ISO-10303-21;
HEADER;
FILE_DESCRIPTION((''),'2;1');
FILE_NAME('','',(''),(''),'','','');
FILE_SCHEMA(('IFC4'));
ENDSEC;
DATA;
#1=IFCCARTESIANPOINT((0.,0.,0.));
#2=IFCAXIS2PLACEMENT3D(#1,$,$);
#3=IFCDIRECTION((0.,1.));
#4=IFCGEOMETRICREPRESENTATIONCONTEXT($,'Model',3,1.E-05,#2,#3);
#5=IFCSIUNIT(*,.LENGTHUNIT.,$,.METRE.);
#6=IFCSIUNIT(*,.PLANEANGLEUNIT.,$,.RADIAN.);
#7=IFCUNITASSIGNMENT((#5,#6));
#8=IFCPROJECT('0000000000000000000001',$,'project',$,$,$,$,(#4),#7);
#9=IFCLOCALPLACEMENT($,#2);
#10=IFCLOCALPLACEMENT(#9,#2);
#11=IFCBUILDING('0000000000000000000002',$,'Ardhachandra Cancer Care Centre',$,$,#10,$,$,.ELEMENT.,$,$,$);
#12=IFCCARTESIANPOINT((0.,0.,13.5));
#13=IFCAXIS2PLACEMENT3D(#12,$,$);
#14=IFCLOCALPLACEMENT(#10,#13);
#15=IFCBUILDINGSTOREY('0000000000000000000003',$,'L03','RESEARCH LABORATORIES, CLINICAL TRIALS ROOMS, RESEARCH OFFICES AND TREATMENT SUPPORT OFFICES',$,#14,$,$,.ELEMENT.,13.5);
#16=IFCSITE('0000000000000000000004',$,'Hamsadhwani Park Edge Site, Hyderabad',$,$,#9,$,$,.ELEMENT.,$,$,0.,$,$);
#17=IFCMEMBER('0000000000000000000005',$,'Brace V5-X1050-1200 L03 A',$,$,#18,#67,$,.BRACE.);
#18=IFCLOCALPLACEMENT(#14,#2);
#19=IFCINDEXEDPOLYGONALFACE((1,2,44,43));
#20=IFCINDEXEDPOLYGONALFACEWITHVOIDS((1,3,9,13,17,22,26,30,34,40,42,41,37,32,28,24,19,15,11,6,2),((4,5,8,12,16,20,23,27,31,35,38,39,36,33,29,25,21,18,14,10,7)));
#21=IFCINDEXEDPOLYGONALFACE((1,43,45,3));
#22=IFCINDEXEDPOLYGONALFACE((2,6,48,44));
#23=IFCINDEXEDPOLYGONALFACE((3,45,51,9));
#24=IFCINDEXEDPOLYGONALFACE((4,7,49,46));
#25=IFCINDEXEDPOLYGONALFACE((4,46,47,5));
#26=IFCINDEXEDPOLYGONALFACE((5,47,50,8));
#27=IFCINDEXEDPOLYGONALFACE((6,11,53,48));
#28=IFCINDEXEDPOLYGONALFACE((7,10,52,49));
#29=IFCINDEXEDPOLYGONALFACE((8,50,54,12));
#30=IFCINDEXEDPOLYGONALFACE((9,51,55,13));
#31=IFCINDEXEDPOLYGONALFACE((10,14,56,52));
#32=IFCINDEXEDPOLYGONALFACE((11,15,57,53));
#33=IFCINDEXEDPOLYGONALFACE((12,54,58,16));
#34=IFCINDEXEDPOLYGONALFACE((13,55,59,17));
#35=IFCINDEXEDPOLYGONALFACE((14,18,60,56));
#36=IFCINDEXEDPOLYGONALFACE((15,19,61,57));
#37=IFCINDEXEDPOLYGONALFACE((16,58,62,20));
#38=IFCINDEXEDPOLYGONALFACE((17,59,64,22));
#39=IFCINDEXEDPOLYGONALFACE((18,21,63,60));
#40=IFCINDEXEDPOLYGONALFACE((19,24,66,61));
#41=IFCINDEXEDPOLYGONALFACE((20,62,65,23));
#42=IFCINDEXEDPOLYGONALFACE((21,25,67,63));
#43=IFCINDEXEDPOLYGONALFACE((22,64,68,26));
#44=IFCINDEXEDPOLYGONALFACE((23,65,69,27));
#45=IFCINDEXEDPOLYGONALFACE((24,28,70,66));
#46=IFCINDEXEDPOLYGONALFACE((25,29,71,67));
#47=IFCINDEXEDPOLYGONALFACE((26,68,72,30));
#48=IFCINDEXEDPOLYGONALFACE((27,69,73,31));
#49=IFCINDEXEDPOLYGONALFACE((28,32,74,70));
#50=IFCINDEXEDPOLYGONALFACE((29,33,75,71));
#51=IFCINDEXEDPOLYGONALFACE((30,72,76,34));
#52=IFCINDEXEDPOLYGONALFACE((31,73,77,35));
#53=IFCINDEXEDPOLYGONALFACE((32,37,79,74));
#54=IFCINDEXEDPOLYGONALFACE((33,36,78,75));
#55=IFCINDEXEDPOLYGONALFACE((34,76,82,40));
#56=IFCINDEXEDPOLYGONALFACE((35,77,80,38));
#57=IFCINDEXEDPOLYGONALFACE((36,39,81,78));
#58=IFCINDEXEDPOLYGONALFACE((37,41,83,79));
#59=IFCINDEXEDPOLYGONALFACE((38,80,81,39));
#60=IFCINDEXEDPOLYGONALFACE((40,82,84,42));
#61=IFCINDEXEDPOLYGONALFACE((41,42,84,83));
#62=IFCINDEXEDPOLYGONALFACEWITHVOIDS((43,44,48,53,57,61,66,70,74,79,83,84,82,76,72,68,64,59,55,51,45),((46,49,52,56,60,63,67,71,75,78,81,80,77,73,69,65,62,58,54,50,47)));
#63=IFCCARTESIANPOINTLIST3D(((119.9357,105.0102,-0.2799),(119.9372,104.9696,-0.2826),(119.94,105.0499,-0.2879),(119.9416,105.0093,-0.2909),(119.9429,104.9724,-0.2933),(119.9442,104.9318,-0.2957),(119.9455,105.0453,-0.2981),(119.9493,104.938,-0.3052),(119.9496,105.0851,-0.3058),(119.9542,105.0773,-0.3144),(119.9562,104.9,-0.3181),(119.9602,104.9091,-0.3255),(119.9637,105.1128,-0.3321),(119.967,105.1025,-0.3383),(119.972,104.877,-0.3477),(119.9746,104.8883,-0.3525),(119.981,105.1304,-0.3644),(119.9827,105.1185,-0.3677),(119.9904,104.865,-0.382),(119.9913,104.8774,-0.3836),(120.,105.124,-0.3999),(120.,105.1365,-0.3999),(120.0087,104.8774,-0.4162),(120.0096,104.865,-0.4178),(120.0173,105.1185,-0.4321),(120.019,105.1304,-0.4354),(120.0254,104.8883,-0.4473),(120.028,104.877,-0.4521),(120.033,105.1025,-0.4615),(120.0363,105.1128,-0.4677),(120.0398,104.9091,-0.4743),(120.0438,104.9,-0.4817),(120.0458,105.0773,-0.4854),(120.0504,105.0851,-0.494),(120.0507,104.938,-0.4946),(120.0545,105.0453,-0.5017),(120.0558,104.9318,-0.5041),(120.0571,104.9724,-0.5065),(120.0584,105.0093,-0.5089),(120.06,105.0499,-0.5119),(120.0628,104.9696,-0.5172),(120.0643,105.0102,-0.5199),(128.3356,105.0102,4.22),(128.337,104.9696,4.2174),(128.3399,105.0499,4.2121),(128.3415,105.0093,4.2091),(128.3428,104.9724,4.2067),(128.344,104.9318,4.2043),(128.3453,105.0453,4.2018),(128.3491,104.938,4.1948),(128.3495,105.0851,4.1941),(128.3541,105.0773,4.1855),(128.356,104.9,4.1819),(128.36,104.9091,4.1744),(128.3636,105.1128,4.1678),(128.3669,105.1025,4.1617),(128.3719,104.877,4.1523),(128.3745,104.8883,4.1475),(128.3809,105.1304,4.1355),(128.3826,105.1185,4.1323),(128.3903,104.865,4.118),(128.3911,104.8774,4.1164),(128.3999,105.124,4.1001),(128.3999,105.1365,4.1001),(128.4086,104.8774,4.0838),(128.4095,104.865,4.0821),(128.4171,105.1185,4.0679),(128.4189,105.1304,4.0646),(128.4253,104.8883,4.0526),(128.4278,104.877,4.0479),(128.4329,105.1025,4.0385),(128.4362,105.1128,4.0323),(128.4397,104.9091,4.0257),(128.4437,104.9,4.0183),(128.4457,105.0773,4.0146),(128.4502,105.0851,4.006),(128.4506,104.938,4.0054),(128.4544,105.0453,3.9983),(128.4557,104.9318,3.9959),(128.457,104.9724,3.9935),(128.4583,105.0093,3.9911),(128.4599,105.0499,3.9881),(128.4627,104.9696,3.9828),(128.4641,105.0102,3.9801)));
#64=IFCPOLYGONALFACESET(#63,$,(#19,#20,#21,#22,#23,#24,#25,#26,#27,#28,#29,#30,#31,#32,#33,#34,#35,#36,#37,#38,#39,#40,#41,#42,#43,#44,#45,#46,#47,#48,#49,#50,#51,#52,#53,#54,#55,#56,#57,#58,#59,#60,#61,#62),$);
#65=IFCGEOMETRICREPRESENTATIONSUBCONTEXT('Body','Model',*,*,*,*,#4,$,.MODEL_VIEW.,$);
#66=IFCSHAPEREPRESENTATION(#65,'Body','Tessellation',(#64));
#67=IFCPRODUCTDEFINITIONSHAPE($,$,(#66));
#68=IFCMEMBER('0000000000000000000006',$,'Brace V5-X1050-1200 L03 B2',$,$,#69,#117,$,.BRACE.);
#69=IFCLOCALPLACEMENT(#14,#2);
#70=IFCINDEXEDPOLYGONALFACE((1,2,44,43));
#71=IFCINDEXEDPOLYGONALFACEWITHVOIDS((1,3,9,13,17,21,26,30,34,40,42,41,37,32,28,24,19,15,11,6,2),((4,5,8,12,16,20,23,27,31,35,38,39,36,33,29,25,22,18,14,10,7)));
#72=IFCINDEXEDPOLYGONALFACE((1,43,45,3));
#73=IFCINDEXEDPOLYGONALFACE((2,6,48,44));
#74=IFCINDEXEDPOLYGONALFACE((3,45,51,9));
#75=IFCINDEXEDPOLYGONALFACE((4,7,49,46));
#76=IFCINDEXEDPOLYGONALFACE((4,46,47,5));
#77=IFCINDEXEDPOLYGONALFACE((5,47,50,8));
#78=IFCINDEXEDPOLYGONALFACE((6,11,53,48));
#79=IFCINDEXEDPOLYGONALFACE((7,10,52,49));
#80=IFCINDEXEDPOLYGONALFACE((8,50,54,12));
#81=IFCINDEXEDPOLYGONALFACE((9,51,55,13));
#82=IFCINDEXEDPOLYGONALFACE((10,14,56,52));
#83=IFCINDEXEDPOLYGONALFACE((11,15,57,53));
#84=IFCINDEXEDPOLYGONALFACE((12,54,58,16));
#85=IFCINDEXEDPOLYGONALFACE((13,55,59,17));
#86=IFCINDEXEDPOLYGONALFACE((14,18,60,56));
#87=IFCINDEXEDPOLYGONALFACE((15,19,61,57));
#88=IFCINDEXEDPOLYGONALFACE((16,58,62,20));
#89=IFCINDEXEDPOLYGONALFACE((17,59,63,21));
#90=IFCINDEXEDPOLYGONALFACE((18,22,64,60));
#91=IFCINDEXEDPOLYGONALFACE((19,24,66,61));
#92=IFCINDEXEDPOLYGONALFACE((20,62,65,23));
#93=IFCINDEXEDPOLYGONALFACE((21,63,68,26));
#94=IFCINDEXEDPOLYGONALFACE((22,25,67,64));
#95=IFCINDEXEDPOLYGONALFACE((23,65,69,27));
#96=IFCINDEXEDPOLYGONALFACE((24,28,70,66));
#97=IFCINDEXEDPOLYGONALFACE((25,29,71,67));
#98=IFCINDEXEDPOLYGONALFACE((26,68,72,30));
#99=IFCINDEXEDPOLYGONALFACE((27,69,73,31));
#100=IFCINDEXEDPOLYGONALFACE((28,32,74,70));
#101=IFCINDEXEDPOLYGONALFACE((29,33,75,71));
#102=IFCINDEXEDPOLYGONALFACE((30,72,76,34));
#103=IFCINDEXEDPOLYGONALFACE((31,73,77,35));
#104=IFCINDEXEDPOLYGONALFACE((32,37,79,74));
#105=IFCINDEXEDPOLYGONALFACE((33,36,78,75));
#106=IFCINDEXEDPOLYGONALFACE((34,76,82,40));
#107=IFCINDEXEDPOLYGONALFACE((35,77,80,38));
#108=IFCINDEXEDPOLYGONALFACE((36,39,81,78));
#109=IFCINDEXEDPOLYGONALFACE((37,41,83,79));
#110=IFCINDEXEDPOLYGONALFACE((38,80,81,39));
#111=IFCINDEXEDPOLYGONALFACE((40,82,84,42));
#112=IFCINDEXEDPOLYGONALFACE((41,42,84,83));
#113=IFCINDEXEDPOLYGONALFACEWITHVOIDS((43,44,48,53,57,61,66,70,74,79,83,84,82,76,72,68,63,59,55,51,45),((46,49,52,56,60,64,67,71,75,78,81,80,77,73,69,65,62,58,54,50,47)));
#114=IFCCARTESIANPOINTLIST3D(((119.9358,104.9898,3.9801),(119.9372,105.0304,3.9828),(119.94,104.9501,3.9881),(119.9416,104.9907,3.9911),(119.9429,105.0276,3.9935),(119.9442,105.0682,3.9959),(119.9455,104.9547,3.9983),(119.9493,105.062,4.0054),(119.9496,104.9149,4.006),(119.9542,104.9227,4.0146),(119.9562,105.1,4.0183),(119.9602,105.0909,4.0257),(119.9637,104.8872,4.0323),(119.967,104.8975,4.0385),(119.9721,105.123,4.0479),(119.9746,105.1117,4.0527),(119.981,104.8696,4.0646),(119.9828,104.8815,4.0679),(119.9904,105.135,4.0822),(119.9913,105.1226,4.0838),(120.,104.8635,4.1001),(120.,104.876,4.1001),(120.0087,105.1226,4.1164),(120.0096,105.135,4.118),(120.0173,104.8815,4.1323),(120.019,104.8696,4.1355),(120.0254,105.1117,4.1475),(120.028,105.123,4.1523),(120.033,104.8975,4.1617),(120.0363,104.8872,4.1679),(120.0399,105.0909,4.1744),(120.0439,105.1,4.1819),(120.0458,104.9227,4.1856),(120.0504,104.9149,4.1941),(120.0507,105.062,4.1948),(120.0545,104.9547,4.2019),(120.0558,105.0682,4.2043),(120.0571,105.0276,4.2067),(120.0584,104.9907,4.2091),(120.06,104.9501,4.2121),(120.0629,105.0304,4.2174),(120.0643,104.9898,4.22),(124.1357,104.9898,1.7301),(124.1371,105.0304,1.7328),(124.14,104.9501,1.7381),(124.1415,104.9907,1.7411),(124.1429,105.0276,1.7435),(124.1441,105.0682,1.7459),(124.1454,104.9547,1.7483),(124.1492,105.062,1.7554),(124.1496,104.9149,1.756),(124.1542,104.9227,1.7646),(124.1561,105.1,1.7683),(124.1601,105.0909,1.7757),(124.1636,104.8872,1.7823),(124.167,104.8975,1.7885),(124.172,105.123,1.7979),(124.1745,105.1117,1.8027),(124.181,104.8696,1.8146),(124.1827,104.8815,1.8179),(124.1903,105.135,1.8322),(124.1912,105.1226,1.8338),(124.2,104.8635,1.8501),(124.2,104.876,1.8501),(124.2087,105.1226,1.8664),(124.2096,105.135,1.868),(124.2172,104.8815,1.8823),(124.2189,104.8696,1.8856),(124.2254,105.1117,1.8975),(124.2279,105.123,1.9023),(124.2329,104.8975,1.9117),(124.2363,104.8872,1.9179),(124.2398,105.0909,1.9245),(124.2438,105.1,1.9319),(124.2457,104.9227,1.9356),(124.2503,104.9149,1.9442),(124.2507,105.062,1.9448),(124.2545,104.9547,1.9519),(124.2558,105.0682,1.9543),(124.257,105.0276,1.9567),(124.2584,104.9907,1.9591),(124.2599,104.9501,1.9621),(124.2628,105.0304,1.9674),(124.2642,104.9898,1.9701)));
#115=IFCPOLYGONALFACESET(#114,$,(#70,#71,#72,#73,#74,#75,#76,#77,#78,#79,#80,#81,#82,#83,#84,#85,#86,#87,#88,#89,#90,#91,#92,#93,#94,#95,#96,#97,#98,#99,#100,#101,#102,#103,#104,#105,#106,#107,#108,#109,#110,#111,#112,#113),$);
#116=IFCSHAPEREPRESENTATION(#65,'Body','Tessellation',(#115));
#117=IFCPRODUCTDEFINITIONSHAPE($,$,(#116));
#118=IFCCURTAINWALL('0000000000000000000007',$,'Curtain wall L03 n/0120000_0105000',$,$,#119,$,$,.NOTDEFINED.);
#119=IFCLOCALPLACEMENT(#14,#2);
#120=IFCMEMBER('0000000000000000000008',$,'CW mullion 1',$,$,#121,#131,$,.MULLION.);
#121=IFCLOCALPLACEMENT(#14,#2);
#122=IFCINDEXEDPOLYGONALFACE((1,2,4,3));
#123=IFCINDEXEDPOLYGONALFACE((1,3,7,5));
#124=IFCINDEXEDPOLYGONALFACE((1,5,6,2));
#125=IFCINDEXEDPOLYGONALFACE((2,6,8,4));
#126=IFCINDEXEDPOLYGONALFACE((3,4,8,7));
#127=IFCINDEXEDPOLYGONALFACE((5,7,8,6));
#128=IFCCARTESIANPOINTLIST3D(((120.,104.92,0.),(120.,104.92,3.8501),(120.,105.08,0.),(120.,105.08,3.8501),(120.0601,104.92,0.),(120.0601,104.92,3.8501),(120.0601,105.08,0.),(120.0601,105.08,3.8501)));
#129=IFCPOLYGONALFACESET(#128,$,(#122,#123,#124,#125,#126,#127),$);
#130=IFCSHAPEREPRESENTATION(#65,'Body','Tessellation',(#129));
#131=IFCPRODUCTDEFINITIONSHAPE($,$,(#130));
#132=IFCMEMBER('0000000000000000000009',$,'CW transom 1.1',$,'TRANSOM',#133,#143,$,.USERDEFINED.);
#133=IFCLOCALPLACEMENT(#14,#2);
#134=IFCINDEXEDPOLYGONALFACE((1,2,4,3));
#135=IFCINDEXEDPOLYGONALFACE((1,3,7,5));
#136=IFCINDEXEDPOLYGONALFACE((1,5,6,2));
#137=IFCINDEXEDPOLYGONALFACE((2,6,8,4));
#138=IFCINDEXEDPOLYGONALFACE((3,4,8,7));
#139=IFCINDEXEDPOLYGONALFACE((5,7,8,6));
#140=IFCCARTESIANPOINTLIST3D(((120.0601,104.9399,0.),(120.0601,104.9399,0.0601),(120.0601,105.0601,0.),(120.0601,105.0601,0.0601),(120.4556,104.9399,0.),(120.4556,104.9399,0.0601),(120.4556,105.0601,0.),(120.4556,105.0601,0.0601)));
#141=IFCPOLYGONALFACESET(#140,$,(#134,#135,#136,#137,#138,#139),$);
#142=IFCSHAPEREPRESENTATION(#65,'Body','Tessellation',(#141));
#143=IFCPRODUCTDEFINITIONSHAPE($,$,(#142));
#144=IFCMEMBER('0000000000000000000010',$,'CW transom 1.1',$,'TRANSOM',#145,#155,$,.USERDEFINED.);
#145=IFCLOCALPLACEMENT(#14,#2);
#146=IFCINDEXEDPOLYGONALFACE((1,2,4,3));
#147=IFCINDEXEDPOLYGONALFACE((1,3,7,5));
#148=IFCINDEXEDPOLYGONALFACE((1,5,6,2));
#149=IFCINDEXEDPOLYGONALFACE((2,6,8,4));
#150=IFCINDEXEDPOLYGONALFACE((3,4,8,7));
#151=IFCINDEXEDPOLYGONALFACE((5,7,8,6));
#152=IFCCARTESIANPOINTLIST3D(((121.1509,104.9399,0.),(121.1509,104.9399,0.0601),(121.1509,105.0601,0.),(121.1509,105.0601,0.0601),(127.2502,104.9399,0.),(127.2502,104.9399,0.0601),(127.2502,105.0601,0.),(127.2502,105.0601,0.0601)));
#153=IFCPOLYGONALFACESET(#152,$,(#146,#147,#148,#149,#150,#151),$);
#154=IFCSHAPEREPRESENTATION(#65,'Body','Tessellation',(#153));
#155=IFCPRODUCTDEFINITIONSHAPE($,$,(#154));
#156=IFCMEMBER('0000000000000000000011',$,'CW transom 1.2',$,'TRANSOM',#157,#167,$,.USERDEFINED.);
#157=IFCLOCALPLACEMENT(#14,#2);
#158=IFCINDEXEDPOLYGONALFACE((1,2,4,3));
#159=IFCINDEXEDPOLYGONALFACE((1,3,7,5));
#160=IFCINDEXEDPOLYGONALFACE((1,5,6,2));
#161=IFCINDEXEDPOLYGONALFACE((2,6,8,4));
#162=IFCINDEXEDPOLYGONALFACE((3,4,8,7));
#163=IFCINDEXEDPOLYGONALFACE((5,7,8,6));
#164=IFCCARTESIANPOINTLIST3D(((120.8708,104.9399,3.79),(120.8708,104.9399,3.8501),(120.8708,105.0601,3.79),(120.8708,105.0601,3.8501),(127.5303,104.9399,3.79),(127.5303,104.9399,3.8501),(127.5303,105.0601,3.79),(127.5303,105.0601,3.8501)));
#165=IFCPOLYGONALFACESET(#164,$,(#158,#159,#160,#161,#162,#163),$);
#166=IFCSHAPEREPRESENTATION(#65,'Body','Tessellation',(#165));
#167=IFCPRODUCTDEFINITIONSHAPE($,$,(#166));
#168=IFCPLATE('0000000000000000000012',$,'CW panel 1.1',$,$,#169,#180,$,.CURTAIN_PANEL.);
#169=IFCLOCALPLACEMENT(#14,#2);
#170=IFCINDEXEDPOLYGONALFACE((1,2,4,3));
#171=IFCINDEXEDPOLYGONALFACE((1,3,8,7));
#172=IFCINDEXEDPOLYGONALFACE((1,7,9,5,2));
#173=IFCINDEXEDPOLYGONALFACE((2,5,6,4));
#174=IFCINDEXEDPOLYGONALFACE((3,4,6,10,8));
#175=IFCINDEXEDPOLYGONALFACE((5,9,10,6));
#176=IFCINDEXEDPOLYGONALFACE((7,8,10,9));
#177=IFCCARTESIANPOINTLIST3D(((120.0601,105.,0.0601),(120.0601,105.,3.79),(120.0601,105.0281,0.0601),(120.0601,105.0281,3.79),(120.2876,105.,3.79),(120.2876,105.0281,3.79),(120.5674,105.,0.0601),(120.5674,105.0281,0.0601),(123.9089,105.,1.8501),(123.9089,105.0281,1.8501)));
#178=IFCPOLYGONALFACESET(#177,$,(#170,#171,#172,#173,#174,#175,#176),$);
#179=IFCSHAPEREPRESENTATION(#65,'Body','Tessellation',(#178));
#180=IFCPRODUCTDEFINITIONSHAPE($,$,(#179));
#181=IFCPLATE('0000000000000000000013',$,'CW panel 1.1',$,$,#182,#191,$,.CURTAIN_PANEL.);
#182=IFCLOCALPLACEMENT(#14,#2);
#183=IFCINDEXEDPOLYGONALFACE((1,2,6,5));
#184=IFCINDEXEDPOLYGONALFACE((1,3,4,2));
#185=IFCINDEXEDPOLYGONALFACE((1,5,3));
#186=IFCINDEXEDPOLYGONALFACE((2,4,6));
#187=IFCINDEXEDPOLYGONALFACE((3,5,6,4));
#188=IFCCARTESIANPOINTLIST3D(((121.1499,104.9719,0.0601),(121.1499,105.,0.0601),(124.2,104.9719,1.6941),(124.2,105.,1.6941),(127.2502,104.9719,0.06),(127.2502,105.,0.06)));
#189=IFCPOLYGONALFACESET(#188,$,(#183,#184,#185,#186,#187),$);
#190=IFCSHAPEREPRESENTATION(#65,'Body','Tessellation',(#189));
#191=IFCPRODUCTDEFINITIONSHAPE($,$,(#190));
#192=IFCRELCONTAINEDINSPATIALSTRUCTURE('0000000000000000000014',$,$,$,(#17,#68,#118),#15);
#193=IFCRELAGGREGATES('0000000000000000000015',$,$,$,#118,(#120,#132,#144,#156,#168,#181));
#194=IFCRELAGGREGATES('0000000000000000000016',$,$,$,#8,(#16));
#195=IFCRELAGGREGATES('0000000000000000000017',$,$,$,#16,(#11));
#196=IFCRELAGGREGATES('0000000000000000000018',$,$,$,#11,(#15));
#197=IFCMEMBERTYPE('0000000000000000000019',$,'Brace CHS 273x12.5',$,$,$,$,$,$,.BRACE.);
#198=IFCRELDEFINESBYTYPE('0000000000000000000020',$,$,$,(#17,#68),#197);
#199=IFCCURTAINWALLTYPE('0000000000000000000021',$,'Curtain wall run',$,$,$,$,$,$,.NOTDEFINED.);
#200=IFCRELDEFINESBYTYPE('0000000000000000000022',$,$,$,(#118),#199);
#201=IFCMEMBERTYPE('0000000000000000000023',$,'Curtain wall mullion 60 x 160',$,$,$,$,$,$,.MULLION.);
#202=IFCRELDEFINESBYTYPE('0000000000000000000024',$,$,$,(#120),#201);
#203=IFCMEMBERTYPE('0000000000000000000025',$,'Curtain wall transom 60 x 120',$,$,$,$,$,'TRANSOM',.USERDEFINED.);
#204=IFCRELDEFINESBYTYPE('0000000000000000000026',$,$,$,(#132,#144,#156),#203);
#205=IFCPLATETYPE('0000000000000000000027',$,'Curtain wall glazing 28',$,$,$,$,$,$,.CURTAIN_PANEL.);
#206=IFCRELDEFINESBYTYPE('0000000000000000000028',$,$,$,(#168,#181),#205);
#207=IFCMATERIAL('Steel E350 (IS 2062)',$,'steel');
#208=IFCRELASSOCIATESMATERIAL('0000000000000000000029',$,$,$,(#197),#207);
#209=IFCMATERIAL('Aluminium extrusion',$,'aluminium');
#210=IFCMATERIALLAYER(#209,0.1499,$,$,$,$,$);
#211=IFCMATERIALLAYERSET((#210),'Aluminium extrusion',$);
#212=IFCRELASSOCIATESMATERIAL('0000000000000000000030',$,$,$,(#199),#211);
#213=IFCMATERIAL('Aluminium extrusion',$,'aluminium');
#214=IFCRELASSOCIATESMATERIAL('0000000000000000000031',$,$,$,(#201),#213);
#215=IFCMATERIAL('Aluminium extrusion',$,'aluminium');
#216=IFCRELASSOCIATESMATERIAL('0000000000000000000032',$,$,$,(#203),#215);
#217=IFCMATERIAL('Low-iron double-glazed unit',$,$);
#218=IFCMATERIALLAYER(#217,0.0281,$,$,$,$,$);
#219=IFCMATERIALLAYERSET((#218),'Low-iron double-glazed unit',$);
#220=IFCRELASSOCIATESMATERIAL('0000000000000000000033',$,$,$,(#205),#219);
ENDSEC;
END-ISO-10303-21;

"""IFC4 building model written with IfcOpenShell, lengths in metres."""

from ifc_helpers import new_model, si_unit, direction, frame, origin, origin_2d, place, context, subcontext, project, spatial, polyline, rectangle, hollow_circle, outline, extrude, material, layer, layer_set, material_profile, profile_set, type_object, element, aggregate, save


model = new_model("IFC4")

# Units and contexts
model_context = context("Model", 3, precision=1e-05, world=origin(), true_north=direction((0.0, 1.0)))
body_context = subcontext(model_context, "Body", "Model", "MODEL_VIEW")
ifc_project = project(units=[si_unit("LENGTHUNIT", "METRE"), si_unit("PLANEANGLEUNIT", "RADIAN")], contexts=[model_context])

# Site, building, storey
site_placement = place(None, origin())
site = spatial("IfcSite", under=ifc_project, at=site_placement, Name="Hamsadhwani Park Edge Site, Hyderabad", CompositionType="ELEMENT", RefElevation=0.0)
building_placement = place(site_placement, origin())
building = spatial("IfcBuilding", under=site, at=building_placement, Name="Ardhachandra Cancer Care Centre", CompositionType="ELEMENT")
storey_placement = place(building_placement, frame((0.0, 0.0, 13.5)))
storey = spatial("IfcBuildingStorey", under=building, at=storey_placement, Name="L03", Description="RESEARCH LABORATORIES, CLINICAL TRIALS ROOMS, RESEARCH OFFICES AND TREATMENT SUPPORT OFFICES", CompositionType="ELEMENT", Elevation=13.5)

# Members
ifc_material_1 = material(Name="Steel E350 (IS 2062)", Category="steel")
ifc_material_profile_1 = material_profile(ifc_material_1, hollow_circle(Radius=0.1365, WallThickness=0.0125, at=origin_2d()), Name="CHS 273x12.5")
ifc_profile_set_1 = profile_set([ifc_material_profile_1], Name="Steel E350 (IS 2062)")
member_type_1 = type_object("IfcMemberType", Name="Brace CHS 273x12.5", PredefinedType="BRACE", material=ifc_profile_set_1)
member_1_placement = place(storey_placement, frame((120.0, 105.0, -0.3999), z_axis=(0.881478, 0.0, 0.472226), x_axis=(0.0, 1.0, 0.0)))
element("IfcMember", 1, at=member_1_placement, inside=storey, type_object=member_type_1, Name="Brace V5-X1050-1200 L03 A", PredefinedType="BRACE", context=body_context, shape_type="SweptSolid", body=[
    extrude(hollow_circle(Radius=0.1365, WallThickness=0.0125, at=origin_2d()), origin(), (0.0, 0.0, 1.0), 9.5293),
])
member_2_placement = place(storey_placement, frame((124.2, 105.0, 1.8501), z_axis=(-0.881478, 0.0, 0.472226), x_axis=(0.0, -1.0, 0.0)))
element("IfcMember", 2, at=member_2_placement, inside=storey, type_object=member_type_1, Name="Brace V5-X1050-1200 L03 B2", PredefinedType="BRACE", context=body_context, shape_type="SweptSolid", body=[
    extrude(hollow_circle(Radius=0.1365, WallThickness=0.0125, at=origin_2d()), origin(), (0.0, 0.0, 1.0), 4.7646),
])

# Curtain wall, members, plates
ifc_material_2 = material(Name="Aluminium extrusion", Category="aluminium")
ifc_layer_1 = layer(ifc_material_2, 0.1499)
ifc_layer_set_1 = layer_set([ifc_layer_1], Name="Aluminium extrusion")
curtain_wall_type = type_object("IfcCurtainWallType", Name="Curtain wall run", PredefinedType="NOTDEFINED", material=ifc_layer_set_1)
curtain_wall_placement = place(storey_placement, origin())
curtain_wall = element("IfcCurtainWall", 3, at=curtain_wall_placement, inside=storey, type_object=curtain_wall_type, Name="Curtain wall L03 n/0120000_0105000", PredefinedType="NOTDEFINED")
ifc_material_3 = material(Name="Aluminium extrusion", Category="aluminium")
ifc_material_profile_2 = material_profile(ifc_material_3, rectangle(XDim=0.1599, YDim=0.0601, at=origin_2d()), Name="Curtain wall mullion 60 x 160")
ifc_profile_set_2 = profile_set([ifc_material_profile_2], Name="Aluminium extrusion")
member_type_2 = type_object("IfcMemberType", Name="Curtain wall mullion 60 x 160", PredefinedType="MULLION", material=ifc_profile_set_2)
member_3_placement = place(storey_placement, frame((120.03, 105.0, 0.0), z_axis=(0.0, 0.0, 1.0), x_axis=(0.0, 1.0, 0.0)))
member_3 = element("IfcMember", 4, at=member_3_placement, type_object=member_type_2, Name="CW mullion 1", PredefinedType="MULLION", context=body_context, shape_type="SweptSolid", body=[
    extrude(rectangle(XDim=0.1599, YDim=0.0601, at=origin_2d()), origin(), (0.0, 0.0, 1.0), 3.8501),
])
ifc_material_4 = material(Name="Aluminium extrusion", Category="aluminium")
ifc_material_profile_3 = material_profile(ifc_material_4, rectangle(XDim=0.1201, YDim=0.0601, at=origin_2d()), Name="Curtain wall transom 60 x 120")
ifc_profile_set_3 = profile_set([ifc_material_profile_3], Name="Aluminium extrusion")
member_type_3 = type_object("IfcMemberType", Name="Curtain wall transom 60 x 120", ElementType="TRANSOM", PredefinedType="USERDEFINED", material=ifc_profile_set_3)
member_4_placement = place(storey_placement, frame((120.0601, 105.0, 0.03), z_axis=(1.0, 0.0, 0.0), x_axis=(0.0, 1.0, 0.0)))
member_4 = element("IfcMember", 5, at=member_4_placement, type_object=member_type_3, Name="CW transom 1.1", ObjectType="TRANSOM", PredefinedType="USERDEFINED", context=body_context, shape_type="SweptSolid", body=[
    extrude(rectangle(XDim=0.1201, YDim=0.0601, at=origin_2d()), origin(), (0.0, 0.0, 1.0), 0.3955),
])
member_5_placement = place(storey_placement, frame((121.1509, 105.0, 0.03), z_axis=(1.0, 0.0, 0.0), x_axis=(0.0, 1.0, 0.0)))
member_5 = element("IfcMember", 6, at=member_5_placement, type_object=member_type_3, Name="CW transom 1.1", ObjectType="TRANSOM", PredefinedType="USERDEFINED", context=body_context, shape_type="SweptSolid", body=[
    extrude(rectangle(XDim=0.1201, YDim=0.0601, at=origin_2d()), origin(), (0.0, 0.0, 1.0), 6.0994),
])
member_6_placement = place(storey_placement, frame((120.8708, 105.0, 3.8201), z_axis=(1.0, 0.0, 0.0), x_axis=(0.0, 1.0, 0.0)))
member_6 = element("IfcMember", 7, at=member_6_placement, type_object=member_type_3, Name="CW transom 1.2", ObjectType="TRANSOM", PredefinedType="USERDEFINED", context=body_context, shape_type="SweptSolid", body=[
    extrude(rectangle(XDim=0.1201, YDim=0.0601, at=origin_2d()), origin(), (0.0, 0.0, 1.0), 6.6594),
])
ifc_material_5 = material(Name="Low-iron double-glazed unit")
ifc_layer_2 = layer(ifc_material_5, 0.0281)
ifc_layer_set_2 = layer_set([ifc_layer_2], Name="Low-iron double-glazed unit")
plate_type = type_object("IfcPlateType", Name="Curtain wall glazing 28", PredefinedType="CURTAIN_PANEL", material=ifc_layer_set_2)
plate_1_placement = place(storey_placement, frame((120.0601, 105.0, 0.0601), z_axis=(0.0, 1.0, 0.0), x_axis=(0.0, 0.0, 1.0)))
plate_1 = element("IfcPlate", 8, at=plate_1_placement, type_object=plate_type, Name="CW panel 1.1", PredefinedType="CURTAIN_PANEL", context=body_context, shape_type="SweptSolid", body=[
    extrude(outline(polyline([(0.0, 0.0), (3.73, 0.0), (3.73, 0.2275), (1.79, 3.8489), (0.0, 0.5073), (0.0, 0.0)])), origin(), (0.0, 0.0, 1.0), 0.0281),
])
plate_2_placement = place(storey_placement, frame((121.1499, 105.0, 0.0601), z_axis=(0.0, 1.0, 0.0), x_axis=(0.881471, 0.0, 0.472239)))
plate_2 = element("IfcPlate", 9, at=plate_2_placement, type_object=plate_type, Name="CW panel 1.1", PredefinedType="CURTAIN_PANEL", context=body_context, shape_type="SweptSolid", body=[
    extrude(outline(polyline([(0.0, 0.0), (3.4602, 0.0), (5.3772, 2.8809), (0.0, 0.0)])), frame((0.0, 0.0, -0.0281)), (0.0, 0.0, 1.0), 0.0281),
])
aggregate(curtain_wall, [member_3, member_4, member_5, member_6, plate_1, plate_2])

save(model, "model.ifc")
